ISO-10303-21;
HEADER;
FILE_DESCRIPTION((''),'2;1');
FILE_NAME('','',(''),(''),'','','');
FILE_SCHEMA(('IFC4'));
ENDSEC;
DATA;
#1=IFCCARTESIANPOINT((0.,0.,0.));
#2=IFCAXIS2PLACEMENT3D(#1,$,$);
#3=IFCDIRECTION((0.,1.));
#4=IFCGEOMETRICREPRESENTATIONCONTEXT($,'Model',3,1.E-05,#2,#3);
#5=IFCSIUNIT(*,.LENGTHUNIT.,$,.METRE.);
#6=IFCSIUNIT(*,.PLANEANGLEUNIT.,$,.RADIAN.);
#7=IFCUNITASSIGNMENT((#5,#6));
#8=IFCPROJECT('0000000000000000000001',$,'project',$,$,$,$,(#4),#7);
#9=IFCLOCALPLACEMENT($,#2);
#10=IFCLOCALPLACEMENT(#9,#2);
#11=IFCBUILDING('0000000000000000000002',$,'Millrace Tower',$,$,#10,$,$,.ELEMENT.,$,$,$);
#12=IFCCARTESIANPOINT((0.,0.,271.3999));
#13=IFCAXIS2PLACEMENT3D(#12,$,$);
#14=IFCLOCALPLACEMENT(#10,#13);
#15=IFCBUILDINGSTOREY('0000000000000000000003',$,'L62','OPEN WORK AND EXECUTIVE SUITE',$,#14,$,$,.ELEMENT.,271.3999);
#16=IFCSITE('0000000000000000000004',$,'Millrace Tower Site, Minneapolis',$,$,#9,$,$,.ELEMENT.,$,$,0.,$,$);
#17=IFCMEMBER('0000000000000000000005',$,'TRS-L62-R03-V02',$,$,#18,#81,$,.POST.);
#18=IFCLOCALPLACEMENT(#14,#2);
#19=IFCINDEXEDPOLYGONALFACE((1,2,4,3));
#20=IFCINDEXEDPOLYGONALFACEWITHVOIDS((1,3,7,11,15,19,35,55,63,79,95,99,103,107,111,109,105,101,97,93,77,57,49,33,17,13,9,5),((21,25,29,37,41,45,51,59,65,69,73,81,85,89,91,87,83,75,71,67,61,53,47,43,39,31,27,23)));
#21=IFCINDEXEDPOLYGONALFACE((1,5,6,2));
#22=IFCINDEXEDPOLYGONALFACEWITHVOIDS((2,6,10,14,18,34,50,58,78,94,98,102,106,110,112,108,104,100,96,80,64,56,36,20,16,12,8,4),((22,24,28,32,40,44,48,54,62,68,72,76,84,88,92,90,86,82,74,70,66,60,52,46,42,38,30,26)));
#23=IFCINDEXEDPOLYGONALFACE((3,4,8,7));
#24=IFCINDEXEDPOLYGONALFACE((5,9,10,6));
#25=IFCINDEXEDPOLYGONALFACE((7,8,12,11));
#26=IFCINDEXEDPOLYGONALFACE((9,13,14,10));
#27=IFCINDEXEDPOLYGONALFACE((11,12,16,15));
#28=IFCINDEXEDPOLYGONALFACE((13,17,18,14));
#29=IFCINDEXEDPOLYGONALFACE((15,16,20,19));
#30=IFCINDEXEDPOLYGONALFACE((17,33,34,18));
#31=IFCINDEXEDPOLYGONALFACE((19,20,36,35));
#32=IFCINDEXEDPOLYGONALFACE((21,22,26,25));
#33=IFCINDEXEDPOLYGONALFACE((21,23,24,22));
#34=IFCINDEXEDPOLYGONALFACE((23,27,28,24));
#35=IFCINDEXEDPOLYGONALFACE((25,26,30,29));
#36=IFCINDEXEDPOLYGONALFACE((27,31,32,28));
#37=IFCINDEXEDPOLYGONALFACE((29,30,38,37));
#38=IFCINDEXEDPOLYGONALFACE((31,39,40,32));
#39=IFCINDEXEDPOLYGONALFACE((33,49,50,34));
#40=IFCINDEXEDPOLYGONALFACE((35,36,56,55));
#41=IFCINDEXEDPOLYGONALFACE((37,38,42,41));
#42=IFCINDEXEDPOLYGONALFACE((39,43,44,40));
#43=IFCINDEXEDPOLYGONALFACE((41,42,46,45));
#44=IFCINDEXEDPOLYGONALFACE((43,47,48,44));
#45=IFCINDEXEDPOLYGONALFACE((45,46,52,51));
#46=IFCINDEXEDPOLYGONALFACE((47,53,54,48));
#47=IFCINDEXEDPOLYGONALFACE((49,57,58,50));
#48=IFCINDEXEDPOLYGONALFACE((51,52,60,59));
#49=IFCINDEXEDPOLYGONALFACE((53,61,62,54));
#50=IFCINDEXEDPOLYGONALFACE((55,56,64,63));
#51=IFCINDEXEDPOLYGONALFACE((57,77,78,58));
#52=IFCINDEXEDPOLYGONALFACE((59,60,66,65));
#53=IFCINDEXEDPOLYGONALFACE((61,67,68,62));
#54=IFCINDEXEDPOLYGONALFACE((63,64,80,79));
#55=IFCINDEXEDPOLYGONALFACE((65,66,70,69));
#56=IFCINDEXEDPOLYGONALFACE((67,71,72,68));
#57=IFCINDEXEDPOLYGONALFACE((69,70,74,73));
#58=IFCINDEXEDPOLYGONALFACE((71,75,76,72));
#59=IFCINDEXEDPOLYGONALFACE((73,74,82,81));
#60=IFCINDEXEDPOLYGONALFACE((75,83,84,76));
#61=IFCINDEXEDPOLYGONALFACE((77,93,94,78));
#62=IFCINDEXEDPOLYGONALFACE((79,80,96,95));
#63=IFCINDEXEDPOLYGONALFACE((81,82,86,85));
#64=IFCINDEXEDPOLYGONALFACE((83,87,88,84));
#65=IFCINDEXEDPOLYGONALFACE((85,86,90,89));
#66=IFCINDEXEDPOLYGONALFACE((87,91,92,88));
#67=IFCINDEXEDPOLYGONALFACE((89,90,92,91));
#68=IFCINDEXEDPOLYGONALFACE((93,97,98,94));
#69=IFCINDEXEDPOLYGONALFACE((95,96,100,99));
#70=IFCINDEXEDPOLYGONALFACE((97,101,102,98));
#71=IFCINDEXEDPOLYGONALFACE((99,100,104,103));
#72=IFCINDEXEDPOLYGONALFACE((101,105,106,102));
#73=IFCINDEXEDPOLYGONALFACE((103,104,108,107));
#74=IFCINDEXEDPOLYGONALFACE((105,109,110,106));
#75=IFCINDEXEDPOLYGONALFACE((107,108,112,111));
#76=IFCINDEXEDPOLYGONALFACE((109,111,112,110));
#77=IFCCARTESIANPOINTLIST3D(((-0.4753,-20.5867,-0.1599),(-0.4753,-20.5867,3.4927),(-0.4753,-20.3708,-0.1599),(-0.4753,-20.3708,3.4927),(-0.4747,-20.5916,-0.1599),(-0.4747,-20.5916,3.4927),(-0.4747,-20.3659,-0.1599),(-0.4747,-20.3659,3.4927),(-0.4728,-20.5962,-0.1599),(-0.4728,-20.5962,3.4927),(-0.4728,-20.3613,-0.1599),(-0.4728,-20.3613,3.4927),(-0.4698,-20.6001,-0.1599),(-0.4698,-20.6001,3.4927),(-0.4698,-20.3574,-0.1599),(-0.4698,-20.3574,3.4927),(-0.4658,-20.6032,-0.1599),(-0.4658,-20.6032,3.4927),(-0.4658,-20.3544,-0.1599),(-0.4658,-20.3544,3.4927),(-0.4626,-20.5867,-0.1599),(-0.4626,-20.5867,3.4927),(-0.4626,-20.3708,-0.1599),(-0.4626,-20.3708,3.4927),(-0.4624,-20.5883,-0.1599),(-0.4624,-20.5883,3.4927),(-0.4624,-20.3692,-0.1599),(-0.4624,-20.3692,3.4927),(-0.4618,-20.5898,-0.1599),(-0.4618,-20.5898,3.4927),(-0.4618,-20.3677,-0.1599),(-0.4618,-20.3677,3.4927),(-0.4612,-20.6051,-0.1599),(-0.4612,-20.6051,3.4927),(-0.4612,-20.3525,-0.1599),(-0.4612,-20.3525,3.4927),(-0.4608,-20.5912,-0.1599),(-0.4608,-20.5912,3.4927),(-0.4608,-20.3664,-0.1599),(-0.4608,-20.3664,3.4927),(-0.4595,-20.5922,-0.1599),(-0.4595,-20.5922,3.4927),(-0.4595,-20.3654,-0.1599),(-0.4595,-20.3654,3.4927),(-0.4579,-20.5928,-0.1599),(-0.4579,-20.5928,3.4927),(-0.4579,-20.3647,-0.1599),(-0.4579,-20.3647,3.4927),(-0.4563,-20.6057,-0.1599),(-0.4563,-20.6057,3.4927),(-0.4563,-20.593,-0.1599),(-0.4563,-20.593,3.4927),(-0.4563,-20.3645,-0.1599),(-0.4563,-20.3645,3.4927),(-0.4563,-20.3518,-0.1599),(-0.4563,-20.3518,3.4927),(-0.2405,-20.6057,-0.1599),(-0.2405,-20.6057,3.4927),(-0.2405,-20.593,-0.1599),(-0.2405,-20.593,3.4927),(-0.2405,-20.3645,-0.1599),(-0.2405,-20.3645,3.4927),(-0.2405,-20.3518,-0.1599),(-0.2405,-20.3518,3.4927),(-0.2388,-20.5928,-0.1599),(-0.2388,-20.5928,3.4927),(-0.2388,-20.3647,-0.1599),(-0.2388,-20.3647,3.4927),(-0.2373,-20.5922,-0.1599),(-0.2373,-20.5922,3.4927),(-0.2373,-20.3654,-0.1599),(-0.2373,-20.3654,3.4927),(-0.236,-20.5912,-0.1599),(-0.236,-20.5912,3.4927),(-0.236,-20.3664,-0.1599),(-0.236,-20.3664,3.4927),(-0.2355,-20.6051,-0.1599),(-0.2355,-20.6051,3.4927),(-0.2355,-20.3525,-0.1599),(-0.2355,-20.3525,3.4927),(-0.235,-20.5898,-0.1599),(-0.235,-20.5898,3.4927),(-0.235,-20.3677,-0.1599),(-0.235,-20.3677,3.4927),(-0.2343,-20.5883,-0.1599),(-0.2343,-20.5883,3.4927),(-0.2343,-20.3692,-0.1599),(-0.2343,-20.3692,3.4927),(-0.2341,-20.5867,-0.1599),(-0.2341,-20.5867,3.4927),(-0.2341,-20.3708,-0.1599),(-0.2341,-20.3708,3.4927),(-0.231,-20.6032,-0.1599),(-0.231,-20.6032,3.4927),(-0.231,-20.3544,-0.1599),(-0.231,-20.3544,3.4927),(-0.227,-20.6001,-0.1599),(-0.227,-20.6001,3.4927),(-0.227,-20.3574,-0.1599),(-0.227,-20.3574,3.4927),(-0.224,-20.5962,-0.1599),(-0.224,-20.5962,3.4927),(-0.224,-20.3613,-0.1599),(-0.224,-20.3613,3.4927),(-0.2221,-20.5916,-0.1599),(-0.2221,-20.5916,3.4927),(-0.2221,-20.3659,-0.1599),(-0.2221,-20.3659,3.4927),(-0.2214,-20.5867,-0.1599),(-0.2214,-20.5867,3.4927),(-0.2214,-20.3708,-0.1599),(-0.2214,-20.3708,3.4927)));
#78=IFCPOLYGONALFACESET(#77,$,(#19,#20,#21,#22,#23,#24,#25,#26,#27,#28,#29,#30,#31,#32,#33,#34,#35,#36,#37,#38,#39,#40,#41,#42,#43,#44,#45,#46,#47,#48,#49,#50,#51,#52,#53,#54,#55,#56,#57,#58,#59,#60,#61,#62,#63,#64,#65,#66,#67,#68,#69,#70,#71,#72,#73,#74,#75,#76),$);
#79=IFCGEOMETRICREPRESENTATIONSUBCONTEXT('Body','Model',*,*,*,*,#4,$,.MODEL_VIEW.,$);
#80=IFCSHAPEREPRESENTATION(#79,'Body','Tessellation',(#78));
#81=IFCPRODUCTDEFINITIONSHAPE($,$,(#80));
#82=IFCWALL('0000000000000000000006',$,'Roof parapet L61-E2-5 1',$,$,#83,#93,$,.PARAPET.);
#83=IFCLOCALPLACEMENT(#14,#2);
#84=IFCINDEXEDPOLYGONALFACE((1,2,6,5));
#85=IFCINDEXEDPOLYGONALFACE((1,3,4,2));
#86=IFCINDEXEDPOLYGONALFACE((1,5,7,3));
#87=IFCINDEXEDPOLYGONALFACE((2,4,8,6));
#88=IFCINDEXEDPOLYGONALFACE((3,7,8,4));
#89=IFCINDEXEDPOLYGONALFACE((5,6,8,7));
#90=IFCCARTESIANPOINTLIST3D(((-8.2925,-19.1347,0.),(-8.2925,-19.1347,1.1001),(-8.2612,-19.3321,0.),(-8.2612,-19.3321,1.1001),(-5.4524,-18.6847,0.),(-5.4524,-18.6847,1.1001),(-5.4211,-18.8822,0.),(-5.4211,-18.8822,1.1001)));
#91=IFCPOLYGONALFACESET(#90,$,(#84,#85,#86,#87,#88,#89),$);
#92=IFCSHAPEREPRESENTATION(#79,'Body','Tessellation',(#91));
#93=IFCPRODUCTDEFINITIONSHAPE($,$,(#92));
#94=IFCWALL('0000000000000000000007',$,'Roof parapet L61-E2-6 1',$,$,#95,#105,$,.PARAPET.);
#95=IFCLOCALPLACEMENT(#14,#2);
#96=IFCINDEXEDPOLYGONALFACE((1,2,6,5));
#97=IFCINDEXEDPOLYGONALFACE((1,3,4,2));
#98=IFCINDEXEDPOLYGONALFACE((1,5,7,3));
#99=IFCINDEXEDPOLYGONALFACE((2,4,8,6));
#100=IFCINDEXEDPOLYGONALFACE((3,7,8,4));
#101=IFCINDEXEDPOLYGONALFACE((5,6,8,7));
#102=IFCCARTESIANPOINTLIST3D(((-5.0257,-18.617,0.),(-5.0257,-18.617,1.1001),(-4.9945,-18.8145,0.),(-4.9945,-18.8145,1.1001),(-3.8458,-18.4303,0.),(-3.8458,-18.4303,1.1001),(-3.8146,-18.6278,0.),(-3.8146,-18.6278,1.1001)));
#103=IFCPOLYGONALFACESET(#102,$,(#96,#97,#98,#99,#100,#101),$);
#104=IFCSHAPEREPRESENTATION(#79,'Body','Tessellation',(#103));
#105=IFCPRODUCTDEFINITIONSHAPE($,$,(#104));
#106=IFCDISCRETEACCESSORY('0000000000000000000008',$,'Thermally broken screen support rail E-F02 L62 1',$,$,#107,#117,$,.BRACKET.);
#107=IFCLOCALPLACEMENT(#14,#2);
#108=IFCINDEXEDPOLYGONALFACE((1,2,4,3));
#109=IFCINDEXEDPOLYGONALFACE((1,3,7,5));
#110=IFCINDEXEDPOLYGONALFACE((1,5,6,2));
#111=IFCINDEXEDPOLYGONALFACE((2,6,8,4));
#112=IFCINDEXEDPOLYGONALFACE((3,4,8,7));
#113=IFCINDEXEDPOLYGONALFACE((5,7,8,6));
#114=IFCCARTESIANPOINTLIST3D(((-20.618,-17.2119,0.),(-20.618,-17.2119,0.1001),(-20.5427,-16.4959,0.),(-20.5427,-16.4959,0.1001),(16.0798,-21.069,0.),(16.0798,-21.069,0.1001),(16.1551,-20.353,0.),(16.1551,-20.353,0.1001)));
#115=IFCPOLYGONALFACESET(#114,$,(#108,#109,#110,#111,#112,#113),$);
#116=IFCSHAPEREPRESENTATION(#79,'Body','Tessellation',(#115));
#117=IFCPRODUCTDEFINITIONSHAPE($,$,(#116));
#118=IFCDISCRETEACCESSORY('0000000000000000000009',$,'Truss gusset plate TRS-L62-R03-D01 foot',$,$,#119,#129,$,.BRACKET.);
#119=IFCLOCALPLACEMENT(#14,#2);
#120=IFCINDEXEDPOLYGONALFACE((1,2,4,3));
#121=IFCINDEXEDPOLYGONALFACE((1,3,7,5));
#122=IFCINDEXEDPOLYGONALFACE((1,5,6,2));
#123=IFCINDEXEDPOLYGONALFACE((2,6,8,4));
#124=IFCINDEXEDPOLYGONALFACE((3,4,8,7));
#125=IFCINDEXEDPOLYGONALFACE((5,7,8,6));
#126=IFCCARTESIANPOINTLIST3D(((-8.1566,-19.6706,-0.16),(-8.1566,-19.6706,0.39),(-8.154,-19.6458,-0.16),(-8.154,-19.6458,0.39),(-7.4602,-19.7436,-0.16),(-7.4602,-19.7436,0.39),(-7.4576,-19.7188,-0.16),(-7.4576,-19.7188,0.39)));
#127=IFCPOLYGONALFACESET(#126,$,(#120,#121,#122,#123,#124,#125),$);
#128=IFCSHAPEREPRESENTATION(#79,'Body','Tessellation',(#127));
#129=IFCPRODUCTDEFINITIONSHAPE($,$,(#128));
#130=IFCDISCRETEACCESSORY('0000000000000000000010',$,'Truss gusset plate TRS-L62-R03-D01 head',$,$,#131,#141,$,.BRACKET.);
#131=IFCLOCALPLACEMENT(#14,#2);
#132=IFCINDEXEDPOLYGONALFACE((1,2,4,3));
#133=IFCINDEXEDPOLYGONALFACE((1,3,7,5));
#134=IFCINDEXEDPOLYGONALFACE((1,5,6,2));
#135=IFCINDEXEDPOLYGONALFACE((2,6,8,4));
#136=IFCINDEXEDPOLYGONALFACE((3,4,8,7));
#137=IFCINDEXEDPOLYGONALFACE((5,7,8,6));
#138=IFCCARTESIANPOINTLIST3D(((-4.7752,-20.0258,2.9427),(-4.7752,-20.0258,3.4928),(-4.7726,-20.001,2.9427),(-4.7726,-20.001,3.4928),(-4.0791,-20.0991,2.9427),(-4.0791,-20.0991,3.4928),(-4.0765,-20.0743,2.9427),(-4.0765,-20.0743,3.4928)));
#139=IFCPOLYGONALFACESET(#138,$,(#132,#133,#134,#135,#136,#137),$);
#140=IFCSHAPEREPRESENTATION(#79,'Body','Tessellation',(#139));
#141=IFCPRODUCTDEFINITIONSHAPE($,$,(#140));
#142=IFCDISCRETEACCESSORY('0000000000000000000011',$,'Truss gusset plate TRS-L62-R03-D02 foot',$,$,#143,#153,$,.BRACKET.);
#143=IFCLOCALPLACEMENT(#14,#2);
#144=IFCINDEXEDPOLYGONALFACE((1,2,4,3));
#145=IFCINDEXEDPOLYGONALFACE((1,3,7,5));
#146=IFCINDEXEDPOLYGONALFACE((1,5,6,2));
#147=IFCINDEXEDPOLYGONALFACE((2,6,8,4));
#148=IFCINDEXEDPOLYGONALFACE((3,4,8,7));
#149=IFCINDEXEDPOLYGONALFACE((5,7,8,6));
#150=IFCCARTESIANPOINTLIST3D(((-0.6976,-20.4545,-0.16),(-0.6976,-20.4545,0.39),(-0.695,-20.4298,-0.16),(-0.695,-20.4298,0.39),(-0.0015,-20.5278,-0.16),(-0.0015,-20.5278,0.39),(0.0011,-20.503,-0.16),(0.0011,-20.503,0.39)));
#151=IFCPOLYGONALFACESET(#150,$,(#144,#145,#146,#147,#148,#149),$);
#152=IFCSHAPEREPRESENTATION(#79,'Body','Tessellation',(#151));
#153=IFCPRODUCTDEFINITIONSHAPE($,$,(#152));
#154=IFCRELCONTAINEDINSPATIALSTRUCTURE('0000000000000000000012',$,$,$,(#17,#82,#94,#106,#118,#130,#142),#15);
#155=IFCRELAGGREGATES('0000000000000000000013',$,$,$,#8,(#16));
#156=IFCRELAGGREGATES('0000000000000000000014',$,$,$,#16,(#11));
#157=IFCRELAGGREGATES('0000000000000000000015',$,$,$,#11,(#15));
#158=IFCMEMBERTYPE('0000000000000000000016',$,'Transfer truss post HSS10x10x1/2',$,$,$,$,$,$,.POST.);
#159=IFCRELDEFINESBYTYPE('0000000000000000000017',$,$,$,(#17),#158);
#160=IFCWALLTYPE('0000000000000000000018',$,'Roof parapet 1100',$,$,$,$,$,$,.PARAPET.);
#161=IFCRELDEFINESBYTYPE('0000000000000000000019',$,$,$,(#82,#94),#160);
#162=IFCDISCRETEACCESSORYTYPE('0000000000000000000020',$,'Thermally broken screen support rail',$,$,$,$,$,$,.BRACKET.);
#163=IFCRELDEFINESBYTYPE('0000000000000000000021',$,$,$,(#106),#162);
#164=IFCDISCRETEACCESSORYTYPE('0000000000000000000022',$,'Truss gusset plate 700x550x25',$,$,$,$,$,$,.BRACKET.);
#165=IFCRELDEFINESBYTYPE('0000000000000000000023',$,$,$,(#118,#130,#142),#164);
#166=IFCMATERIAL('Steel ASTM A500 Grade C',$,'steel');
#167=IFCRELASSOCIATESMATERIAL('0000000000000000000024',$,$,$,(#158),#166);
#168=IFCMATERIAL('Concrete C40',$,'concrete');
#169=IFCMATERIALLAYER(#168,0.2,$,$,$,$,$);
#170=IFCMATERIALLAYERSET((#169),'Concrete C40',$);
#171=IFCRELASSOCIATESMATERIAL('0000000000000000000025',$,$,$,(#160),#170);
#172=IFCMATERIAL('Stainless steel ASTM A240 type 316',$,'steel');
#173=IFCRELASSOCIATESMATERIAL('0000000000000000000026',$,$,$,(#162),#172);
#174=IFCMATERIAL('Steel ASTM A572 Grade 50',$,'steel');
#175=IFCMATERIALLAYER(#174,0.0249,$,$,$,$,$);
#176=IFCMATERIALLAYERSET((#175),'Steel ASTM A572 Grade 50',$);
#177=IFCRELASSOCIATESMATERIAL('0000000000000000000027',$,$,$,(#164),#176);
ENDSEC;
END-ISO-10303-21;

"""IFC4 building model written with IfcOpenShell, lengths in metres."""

from ifc_helpers import new_model, si_unit, direction, frame, frame_2d, origin, origin_2d, place, context, subcontext, project, spatial, rectangle, hollow_rectangle, extrude, material, layer, layer_set, material_profile, profile_set, type_object, element, save


model = new_model("IFC4")

# Units and contexts
model_context = context("Model", 3, precision=1e-05, world=origin(), true_north=direction((0.0, 1.0)))
body_context = subcontext(model_context, "Body", "Model", "MODEL_VIEW")
ifc_project = project(units=[si_unit("LENGTHUNIT", "METRE"), si_unit("PLANEANGLEUNIT", "RADIAN")], contexts=[model_context])

# Site, building, storey
site_placement = place(None, origin())
site = spatial("IfcSite", under=ifc_project, at=site_placement, Name="Millrace Tower Site, Minneapolis", CompositionType="ELEMENT", RefElevation=0.0)
building_placement = place(site_placement, origin())
building = spatial("IfcBuilding", under=site, at=building_placement, Name="Millrace Tower", CompositionType="ELEMENT")
storey_placement = place(building_placement, frame((0.0, 0.0, 271.3999)))
storey = spatial("IfcBuildingStorey", under=building, at=storey_placement, Name="L62", Description="OPEN WORK AND EXECUTIVE SUITE", CompositionType="ELEMENT", Elevation=271.3999)

# Member
ifc_material_1 = material(Name="Steel ASTM A500 Grade C", Category="steel")
ifc_material_profile_1 = material_profile(ifc_material_1, hollow_rectangle(XDim=0.2539, YDim=0.2539, WallThickness=0.0127, InnerFilletRadius=0.0063, OuterFilletRadius=0.019, at=origin_2d()))
ifc_profile_set_1 = profile_set([ifc_material_profile_1], Name="Steel ASTM A500 Grade C")
member_type_1 = type_object("IfcMemberType", Name="Transfer truss post HSS10x10x1/2", PredefinedType="POST", material=ifc_profile_set_1)
for number, where, z_axis, x_axis, name in (
    (1, (-0.3484, -20.4788, -0.1599), (0.0, 0.0, 1.0), (1.0, 0.0, 0.0), "TRS-L62-R03-V02"),
):
    element("IfcMember", number, at=place(storey_placement, frame(where, z_axis=z_axis, x_axis=x_axis)), inside=storey, type_object=member_type_1, Name=name, PredefinedType="POST", context=body_context, shape_type="SweptSolid", body=[
        extrude(hollow_rectangle(XDim=0.2539, YDim=0.2539, WallThickness=0.0127, InnerFilletRadius=0.0063, OuterFilletRadius=0.019, at=origin_2d()), origin(), (0.0, 0.0, 1.0), 3.6526),
    ])

# Walls
ifc_material_2 = material(Name="Concrete C40", Category="concrete")
ifc_layer_1 = layer(ifc_material_2, 0.2)
ifc_layer_set_1 = layer_set([ifc_layer_1], Name="Concrete C40")
wall_type = type_object("IfcWallType", Name="Roof parapet 1100", PredefinedType="PARAPET", material=ifc_layer_set_1)
wall_1_placement = place(storey_placement, frame((-5.4368, -18.7834, 0.0), z_axis=(0.0, 0.0, 1.0), x_axis=(-0.987682, -0.156477, 0.0)))
element("IfcWall", 2, at=wall_1_placement, inside=storey, type_object=wall_type, Name="Roof parapet L61-E2-5 1", PredefinedType="PARAPET", context=body_context, shape_type="SweptSolid", body=[
    extrude(rectangle(XDim=2.8755, YDim=0.2, at=frame_2d((1.4377, 0.0))), origin(), (0.0, 0.0, 1.0), 1.1001),
])
wall_2_placement = place(storey_placement, frame((-3.8303, -18.5291, 0.0), z_axis=(0.0, 0.0, 1.0), x_axis=(-0.987703, -0.15634, 0.0)))
element("IfcWall", 3, at=wall_2_placement, inside=storey, type_object=wall_type, Name="Roof parapet L61-E2-6 1", PredefinedType="PARAPET", context=body_context, shape_type="SweptSolid", body=[
    extrude(rectangle(XDim=1.1946, YDim=0.2, at=frame_2d((0.5972, 0.0))), origin(), (0.0, 0.0, 1.0), 1.1001),
])

# Discrete accessories
ifc_material_3 = material(Name="Stainless steel ASTM A240 type 316", Category="steel")
discrete_accessory_type_1 = type_object("IfcDiscreteAccessoryType", Name="Thermally broken screen support rail", PredefinedType="BRACKET", material=ifc_material_3)
discrete_accessory_1_placement = place(storey_placement, frame((-2.2314, -18.7825, 0.0), z_axis=(0.0, 0.0, 1.0), x_axis=(0.994522, -0.104528, 0.0)))
element("IfcDiscreteAccessory", 4, at=discrete_accessory_1_placement, inside=storey, type_object=discrete_accessory_type_1, Name="Thermally broken screen support rail E-F02 L62 1", PredefinedType="BRACKET", context=body_context, shape_type="SweptSolid", body=[
    extrude(rectangle(XDim=36.8999, YDim=0.72, at=origin_2d()), origin(), (0.0, 0.0, 1.0), 0.1001),
])
ifc_material_4 = material(Name="Steel ASTM A572 Grade 50", Category="steel")
ifc_layer_2 = layer(ifc_material_4, 0.0249)
ifc_layer_set_2 = layer_set([ifc_layer_2], Name="Steel ASTM A572 Grade 50")
discrete_accessory_type_2 = type_object("IfcDiscreteAccessoryType", Name="Truss gusset plate 700x550x25", PredefinedType="BRACKET", material=ifc_layer_set_2)
discrete_accessory_2_placement = place(storey_placement, frame((-8.1553, -19.6582, 0.115), z_axis=(0.994549, -0.104267, 0.0), x_axis=(0.104267, 0.994549, 0.0)))
element("IfcDiscreteAccessory", 5, at=discrete_accessory_2_placement, inside=storey, type_object=discrete_accessory_type_2, Name="Truss gusset plate TRS-L62-R03-D01 foot", PredefinedType="BRACKET", context=body_context, shape_type="SweptSolid", body=[
    extrude(rectangle(XDim=0.0249, YDim=0.55, at=origin_2d()), origin(), (0.0, 0.0, 1.0), 0.7002),
])
for number, where, z_axis, x_axis, name in (
    (6, (-4.7739, -20.0134, 3.2178), (0.994509, -0.104648, 0.0), (0.104648, 0.994509, 0.0), "Truss gusset plate TRS-L62-R03-D01 head"),
    (7, (-0.6963, -20.4421, 0.115), (0.994509, -0.104648, 0.0), (0.104648, 0.994509, 0.0), "Truss gusset plate TRS-L62-R03-D02 foot"),
):
    element("IfcDiscreteAccessory", number, at=place(storey_placement, frame(where, z_axis=z_axis, x_axis=x_axis)), inside=storey, type_object=discrete_accessory_type_2, Name=name, PredefinedType="BRACKET", context=body_context, shape_type="SweptSolid", body=[
        extrude(rectangle(XDim=0.0249, YDim=0.55, at=origin_2d()), origin(), (0.0, 0.0, 1.0), 0.7),
    ])

save(model, "model.ifc")
